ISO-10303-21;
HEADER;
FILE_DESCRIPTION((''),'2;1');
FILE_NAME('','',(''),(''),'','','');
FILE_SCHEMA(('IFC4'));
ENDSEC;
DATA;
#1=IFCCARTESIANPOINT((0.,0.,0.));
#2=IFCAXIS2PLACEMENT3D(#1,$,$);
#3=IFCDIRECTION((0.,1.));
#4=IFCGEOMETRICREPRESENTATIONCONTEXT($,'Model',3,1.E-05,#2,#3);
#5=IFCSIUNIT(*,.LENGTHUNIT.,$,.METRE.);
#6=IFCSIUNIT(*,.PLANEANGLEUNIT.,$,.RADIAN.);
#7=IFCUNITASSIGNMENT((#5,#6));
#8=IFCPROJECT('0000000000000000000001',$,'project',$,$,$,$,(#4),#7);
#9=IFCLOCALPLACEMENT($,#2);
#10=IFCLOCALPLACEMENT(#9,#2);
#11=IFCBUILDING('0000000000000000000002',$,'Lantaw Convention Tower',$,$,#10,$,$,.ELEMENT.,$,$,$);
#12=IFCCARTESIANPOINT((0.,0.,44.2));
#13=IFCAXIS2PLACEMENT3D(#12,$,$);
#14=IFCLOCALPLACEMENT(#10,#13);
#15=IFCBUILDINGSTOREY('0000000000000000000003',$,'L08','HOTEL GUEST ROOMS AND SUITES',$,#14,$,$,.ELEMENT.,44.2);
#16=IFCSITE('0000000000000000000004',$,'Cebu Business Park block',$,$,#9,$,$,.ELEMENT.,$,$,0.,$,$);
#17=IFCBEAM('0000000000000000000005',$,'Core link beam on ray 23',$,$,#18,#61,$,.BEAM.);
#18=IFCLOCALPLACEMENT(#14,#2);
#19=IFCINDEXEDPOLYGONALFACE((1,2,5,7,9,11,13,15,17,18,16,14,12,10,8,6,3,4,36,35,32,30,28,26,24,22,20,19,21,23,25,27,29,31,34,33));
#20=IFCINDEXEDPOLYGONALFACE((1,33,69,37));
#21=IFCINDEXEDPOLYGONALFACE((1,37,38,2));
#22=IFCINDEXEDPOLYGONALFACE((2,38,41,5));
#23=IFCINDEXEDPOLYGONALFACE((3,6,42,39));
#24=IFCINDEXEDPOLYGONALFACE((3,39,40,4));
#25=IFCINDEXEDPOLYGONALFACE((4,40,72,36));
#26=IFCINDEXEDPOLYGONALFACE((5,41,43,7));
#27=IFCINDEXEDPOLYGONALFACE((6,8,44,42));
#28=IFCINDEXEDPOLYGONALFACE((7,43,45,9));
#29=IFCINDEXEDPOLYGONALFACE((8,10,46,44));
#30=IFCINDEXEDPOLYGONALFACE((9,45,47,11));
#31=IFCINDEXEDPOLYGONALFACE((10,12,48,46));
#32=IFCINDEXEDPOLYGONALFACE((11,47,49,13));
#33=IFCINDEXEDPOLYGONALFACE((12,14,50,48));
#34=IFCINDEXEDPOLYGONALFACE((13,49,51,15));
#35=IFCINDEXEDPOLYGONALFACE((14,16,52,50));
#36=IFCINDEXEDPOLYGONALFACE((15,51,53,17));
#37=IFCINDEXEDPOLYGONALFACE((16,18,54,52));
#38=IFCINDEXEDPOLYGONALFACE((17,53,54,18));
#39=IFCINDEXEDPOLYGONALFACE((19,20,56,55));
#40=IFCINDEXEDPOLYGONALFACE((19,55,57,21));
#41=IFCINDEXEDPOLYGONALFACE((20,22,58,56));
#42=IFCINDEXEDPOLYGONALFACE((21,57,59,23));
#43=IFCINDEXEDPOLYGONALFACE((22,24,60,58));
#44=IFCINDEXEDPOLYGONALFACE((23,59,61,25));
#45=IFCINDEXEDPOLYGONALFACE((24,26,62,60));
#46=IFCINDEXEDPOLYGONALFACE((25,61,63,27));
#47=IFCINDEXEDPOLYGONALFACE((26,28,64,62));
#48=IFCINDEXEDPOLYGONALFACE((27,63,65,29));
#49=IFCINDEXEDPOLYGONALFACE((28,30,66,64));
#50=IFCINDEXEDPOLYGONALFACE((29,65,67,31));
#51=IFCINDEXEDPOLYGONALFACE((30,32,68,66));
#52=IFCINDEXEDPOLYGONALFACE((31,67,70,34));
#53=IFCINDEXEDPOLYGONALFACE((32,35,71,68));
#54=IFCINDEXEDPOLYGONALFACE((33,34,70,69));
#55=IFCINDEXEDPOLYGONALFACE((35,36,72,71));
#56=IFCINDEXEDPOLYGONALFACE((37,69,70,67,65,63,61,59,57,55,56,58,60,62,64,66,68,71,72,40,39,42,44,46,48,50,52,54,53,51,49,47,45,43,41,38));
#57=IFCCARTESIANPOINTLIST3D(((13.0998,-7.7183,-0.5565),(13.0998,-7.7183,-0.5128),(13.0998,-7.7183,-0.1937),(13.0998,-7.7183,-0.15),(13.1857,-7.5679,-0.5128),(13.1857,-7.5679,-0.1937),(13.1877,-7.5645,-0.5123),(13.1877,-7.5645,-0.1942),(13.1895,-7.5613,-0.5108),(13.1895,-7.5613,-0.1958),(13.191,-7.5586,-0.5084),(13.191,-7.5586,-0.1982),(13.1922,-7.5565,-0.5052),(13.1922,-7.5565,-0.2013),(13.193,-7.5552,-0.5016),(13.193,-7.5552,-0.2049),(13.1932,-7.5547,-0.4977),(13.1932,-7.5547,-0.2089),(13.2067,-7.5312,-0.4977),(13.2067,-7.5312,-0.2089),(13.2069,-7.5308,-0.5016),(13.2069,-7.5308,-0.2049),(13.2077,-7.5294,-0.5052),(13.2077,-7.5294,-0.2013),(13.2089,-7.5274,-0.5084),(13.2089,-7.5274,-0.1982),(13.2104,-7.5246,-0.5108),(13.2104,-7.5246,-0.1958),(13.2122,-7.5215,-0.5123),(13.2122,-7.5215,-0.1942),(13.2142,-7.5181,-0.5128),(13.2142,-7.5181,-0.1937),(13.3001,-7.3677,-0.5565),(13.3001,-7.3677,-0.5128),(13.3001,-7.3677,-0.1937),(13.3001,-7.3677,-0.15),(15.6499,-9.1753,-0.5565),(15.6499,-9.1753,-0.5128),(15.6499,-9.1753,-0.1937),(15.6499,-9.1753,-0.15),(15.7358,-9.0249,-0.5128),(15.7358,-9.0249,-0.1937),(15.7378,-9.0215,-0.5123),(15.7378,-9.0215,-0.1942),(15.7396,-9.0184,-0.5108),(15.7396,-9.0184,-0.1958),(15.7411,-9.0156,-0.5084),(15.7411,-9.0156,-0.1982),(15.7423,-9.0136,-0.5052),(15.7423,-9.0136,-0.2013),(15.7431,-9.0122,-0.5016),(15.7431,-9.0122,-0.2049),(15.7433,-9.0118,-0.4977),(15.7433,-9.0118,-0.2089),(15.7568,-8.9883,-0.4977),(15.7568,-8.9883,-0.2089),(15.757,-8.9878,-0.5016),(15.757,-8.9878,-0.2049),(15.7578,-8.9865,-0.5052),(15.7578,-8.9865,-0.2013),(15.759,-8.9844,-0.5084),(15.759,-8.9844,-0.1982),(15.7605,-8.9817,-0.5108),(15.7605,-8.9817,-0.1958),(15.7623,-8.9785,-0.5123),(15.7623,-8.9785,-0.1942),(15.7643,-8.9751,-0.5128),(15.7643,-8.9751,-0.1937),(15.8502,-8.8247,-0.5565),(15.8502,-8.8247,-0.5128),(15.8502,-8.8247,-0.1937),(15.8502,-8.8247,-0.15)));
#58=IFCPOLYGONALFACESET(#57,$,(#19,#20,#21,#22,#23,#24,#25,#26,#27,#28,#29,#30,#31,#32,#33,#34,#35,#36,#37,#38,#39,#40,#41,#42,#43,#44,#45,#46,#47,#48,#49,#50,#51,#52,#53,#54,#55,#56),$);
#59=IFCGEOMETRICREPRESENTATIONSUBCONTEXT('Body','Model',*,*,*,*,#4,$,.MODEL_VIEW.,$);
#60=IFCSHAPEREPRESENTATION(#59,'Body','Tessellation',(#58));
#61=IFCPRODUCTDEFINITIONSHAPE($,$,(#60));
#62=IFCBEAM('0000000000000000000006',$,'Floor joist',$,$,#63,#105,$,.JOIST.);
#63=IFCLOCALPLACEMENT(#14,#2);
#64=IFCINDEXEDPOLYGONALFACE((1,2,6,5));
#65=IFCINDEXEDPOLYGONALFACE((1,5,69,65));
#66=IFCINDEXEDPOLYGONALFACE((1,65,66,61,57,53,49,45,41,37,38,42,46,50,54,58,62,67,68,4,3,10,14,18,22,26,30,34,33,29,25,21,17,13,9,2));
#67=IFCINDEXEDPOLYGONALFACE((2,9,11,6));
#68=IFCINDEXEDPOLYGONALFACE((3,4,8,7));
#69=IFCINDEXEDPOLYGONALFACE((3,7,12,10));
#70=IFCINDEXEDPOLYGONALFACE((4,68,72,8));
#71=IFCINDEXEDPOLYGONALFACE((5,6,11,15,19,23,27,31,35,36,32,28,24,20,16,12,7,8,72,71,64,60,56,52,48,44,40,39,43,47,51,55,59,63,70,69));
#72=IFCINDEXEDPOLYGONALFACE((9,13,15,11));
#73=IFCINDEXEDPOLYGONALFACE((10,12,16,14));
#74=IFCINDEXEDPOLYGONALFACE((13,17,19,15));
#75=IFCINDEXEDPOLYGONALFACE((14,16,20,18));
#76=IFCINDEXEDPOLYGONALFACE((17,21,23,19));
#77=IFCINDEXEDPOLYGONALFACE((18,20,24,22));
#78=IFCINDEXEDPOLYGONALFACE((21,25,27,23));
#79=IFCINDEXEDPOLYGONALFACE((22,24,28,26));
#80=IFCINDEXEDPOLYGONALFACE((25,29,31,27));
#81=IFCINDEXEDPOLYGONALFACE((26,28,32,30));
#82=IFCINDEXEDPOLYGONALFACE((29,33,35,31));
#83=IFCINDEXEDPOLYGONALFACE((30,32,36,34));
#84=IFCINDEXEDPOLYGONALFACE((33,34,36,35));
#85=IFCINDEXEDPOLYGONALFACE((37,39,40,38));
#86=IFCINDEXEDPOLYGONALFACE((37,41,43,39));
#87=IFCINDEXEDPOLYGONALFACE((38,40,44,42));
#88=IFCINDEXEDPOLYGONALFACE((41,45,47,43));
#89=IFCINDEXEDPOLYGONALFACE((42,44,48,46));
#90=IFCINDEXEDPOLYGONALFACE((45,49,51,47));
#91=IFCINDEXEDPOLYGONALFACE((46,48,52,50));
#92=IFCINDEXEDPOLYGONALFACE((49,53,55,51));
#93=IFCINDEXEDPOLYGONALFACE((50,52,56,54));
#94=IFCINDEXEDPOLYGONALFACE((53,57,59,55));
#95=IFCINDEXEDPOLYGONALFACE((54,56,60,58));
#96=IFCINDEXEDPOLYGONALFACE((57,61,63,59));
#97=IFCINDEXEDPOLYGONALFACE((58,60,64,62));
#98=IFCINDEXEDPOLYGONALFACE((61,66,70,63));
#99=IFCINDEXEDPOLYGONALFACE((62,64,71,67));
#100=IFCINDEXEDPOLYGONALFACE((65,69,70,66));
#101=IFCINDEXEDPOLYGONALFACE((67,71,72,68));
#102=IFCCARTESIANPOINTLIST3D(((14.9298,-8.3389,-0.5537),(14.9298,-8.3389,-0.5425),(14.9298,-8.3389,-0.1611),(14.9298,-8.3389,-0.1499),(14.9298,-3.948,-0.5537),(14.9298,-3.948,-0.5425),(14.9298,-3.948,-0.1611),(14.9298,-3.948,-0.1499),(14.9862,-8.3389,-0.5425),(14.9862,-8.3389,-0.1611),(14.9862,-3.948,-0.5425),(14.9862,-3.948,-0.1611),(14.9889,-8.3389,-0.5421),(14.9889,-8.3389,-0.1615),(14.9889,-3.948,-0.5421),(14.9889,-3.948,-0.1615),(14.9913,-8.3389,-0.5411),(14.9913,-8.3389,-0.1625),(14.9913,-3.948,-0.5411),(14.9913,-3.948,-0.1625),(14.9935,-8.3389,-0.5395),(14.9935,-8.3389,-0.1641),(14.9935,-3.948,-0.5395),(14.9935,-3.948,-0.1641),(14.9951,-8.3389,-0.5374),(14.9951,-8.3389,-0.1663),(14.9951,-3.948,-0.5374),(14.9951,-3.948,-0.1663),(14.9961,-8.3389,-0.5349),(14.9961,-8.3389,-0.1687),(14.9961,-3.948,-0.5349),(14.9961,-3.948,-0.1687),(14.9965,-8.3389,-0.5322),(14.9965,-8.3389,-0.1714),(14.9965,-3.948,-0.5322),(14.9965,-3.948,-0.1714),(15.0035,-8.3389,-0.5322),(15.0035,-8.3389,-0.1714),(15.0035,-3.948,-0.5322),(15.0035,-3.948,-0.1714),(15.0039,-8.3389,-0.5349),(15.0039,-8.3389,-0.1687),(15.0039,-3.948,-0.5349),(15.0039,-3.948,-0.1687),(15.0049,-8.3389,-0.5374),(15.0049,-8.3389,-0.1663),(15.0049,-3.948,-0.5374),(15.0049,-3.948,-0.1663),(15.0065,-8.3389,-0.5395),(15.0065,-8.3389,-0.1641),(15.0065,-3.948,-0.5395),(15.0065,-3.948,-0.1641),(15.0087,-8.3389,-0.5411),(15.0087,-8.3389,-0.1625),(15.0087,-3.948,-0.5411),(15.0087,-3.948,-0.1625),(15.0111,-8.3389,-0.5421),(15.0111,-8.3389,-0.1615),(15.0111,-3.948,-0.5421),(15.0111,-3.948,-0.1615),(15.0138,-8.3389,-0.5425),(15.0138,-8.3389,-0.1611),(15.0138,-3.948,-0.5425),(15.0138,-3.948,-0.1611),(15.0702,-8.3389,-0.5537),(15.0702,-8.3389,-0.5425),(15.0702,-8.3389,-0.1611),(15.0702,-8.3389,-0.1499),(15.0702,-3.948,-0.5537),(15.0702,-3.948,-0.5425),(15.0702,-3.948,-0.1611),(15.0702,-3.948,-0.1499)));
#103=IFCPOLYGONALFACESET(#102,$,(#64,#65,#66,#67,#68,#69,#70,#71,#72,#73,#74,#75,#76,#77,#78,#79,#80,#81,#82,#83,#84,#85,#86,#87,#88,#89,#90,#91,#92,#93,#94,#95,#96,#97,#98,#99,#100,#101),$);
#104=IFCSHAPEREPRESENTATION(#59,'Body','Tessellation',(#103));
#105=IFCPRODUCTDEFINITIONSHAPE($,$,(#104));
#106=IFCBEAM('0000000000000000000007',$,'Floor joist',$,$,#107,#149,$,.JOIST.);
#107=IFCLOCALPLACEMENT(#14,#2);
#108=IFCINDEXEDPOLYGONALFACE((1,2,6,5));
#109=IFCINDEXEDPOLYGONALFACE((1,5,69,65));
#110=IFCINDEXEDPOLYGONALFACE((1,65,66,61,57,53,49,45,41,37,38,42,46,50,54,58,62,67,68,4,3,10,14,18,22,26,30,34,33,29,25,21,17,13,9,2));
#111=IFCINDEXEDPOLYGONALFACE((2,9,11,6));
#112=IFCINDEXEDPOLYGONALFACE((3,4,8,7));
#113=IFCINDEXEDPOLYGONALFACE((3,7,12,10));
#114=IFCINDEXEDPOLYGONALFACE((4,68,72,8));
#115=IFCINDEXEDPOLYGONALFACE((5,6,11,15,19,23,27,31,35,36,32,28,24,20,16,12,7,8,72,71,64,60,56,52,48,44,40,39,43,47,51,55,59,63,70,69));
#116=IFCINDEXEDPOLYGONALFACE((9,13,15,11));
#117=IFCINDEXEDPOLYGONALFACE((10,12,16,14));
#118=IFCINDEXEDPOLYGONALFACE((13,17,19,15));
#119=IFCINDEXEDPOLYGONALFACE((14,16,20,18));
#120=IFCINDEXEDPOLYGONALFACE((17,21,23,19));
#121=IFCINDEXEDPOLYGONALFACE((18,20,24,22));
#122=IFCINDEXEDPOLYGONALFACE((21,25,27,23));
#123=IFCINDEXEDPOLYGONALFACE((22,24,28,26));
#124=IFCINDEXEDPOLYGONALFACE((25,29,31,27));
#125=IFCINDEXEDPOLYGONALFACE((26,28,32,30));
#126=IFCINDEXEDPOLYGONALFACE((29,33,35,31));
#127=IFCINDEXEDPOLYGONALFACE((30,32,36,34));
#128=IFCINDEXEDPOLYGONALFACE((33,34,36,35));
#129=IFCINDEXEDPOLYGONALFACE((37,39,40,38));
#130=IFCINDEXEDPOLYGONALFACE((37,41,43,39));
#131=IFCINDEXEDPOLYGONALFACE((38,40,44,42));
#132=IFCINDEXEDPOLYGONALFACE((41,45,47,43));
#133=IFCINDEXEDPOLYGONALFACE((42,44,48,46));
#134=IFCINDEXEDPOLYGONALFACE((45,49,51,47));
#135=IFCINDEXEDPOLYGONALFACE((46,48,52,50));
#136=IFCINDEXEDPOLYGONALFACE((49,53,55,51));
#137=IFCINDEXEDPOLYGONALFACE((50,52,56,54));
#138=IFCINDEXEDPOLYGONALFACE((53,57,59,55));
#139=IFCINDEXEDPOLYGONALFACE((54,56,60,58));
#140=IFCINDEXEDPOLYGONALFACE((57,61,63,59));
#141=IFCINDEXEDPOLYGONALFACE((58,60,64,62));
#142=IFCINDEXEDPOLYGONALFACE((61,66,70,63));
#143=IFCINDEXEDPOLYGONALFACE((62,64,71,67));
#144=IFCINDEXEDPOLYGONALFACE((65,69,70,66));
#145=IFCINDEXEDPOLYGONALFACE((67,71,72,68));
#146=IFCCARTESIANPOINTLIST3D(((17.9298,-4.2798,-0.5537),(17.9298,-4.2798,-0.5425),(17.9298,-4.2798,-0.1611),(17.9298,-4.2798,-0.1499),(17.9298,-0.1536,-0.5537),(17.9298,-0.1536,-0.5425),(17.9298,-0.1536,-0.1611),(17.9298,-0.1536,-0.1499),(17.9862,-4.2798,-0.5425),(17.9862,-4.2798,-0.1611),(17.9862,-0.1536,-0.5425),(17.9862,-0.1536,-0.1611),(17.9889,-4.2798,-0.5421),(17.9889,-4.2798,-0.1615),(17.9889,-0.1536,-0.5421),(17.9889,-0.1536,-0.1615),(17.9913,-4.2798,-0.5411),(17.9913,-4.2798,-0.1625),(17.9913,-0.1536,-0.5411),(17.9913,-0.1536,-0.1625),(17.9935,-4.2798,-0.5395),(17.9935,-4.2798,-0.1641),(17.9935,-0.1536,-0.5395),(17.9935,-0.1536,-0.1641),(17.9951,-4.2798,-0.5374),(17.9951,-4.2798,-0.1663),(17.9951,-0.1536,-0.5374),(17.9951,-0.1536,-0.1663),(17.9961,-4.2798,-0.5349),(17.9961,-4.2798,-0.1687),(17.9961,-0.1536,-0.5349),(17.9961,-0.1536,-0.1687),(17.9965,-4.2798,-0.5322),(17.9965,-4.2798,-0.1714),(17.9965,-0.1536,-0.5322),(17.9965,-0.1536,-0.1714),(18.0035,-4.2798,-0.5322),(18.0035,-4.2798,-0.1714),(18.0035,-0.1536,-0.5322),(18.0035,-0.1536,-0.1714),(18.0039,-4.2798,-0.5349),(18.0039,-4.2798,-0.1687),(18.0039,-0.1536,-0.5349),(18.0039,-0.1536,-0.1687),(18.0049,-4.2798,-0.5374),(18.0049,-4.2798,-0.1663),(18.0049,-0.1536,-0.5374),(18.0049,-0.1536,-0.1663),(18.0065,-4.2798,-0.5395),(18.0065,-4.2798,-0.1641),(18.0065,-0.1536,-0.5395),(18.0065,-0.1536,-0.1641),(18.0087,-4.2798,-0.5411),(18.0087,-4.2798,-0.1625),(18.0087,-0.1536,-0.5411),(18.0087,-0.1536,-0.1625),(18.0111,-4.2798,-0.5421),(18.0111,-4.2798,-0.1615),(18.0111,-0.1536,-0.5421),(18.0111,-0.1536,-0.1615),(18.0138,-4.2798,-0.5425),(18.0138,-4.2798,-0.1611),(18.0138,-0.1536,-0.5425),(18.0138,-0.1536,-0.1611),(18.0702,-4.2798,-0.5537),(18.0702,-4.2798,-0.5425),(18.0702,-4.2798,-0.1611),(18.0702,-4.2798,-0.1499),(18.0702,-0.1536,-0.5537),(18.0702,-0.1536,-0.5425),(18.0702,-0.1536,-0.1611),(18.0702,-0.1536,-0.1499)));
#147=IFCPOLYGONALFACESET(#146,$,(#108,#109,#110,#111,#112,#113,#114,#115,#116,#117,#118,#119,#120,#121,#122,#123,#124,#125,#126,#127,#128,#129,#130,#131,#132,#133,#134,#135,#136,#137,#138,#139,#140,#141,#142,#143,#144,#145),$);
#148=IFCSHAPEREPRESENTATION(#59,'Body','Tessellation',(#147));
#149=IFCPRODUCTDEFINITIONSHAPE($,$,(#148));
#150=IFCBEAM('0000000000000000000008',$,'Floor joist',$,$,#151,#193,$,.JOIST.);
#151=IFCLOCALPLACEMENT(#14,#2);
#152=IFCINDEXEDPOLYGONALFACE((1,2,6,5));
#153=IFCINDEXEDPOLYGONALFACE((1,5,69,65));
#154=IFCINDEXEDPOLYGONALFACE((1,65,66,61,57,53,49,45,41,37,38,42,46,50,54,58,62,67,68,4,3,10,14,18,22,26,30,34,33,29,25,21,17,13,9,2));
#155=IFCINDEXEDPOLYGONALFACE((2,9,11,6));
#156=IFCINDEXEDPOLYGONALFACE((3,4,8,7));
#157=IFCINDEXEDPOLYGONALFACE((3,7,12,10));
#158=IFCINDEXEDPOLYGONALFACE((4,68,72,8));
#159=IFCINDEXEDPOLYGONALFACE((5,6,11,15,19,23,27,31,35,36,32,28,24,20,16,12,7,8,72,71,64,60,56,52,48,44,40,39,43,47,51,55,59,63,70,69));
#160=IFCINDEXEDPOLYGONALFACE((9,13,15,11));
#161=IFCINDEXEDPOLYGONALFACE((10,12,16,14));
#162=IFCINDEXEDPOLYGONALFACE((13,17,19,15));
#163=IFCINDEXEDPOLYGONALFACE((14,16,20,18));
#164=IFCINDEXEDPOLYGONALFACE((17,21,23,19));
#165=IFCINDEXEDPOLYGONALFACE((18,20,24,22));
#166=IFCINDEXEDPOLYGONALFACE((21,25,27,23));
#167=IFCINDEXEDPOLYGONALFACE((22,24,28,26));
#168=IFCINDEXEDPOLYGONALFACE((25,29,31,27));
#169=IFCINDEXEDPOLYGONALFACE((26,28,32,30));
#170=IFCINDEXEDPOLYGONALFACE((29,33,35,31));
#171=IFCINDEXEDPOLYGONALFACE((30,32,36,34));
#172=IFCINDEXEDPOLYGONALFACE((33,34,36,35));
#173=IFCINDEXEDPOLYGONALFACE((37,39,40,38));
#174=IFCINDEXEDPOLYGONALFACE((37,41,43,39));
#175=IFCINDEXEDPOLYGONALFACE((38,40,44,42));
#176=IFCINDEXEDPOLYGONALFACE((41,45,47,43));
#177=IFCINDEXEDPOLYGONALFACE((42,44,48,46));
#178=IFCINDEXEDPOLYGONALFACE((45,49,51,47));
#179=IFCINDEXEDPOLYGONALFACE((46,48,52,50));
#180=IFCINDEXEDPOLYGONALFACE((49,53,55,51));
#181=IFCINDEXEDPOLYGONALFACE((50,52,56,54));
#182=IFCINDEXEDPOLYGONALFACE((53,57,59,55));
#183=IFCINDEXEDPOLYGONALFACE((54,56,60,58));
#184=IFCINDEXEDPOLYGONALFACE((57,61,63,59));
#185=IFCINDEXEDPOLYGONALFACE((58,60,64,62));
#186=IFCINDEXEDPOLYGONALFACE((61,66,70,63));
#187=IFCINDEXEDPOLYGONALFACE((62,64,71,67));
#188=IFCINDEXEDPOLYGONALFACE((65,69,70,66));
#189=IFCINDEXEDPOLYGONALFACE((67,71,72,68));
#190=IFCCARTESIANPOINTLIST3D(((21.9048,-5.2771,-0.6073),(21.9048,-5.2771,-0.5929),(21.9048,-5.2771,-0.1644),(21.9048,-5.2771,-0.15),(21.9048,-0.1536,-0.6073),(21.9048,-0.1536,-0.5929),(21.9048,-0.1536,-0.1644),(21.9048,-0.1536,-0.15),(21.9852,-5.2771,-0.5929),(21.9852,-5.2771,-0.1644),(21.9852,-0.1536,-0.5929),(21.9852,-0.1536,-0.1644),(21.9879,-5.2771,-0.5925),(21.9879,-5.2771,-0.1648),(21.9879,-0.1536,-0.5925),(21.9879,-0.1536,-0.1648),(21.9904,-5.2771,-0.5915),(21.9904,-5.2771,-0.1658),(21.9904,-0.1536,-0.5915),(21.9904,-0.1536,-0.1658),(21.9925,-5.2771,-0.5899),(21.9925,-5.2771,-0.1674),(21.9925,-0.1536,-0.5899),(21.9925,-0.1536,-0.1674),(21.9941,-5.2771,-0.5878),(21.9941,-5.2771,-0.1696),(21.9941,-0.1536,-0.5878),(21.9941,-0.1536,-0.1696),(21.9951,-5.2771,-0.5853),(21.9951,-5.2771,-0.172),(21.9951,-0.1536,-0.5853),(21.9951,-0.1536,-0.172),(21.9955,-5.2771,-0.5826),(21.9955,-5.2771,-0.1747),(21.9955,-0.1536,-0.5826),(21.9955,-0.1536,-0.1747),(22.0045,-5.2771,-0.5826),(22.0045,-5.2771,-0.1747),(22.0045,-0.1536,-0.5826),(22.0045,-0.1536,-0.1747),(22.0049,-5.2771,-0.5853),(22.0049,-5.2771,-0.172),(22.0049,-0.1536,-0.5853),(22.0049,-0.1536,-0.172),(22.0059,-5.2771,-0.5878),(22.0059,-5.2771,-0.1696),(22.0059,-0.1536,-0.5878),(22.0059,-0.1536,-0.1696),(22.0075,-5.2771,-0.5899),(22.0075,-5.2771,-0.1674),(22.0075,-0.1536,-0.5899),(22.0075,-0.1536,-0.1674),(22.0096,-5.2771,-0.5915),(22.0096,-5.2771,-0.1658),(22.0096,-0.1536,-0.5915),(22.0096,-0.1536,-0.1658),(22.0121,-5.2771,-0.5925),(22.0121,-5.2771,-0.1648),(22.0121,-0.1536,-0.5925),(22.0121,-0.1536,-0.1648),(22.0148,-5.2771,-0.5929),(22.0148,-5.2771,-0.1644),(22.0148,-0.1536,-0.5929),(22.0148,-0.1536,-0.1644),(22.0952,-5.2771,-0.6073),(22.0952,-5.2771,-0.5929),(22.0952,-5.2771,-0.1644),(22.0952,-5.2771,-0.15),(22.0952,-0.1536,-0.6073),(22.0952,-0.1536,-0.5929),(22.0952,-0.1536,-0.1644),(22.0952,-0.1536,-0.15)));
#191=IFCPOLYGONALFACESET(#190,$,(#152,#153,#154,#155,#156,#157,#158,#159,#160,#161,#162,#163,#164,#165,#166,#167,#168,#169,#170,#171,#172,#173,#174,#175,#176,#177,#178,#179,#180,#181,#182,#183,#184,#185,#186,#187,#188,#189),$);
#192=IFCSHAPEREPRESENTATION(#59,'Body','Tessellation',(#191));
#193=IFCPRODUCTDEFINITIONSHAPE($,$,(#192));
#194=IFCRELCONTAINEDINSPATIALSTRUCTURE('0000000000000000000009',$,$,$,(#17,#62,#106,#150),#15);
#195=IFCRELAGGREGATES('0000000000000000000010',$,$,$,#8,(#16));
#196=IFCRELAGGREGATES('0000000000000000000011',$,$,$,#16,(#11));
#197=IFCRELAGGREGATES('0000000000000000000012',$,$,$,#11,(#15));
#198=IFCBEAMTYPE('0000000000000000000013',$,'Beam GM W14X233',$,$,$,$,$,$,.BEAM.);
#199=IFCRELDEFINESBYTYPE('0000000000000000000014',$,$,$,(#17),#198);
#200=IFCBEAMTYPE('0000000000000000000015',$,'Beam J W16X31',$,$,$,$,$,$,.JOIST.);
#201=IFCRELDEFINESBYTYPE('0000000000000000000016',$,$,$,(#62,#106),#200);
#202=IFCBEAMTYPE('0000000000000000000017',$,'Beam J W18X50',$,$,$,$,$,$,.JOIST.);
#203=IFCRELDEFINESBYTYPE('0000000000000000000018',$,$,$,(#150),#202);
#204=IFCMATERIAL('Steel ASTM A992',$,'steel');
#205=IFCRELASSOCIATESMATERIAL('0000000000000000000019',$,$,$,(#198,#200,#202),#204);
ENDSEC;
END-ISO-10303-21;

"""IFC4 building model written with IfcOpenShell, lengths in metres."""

from ifc_helpers import new_model, si_unit, direction, frame, origin, origin_2d, place, context, subcontext, project, spatial, i_section, extrude, material, material_profile, profile_set, type_object, element, save


model = new_model("IFC4")

# Units and contexts
model_context = context("Model", 3, precision=1e-05, world=origin(), true_north=direction((0.0, 1.0)))
body_context = subcontext(model_context, "Body", "Model", "MODEL_VIEW")
ifc_project = project(units=[si_unit("LENGTHUNIT", "METRE"), si_unit("PLANEANGLEUNIT", "RADIAN")], contexts=[model_context])

# Site, building, storey
site_placement = place(None, origin())
site = spatial("IfcSite", under=ifc_project, at=site_placement, Name="Cebu Business Park block", CompositionType="ELEMENT", RefElevation=0.0)
building_placement = place(site_placement, origin())
building = spatial("IfcBuilding", under=site, at=building_placement, Name="Lantaw Convention Tower", CompositionType="ELEMENT")
storey_placement = place(building_placement, frame((0.0, 0.0, 44.2)))
storey = spatial("IfcBuildingStorey", under=building, at=storey_placement, Name="L08", Description="HOTEL GUEST ROOMS AND SUITES", CompositionType="ELEMENT", Elevation=44.2)

# Beams
ifc_material_1 = material(Name="Steel ASTM A992", Category="steel")
ifc_material_profile_1 = material_profile(ifc_material_1, i_section(OverallWidth=0.4038, OverallDepth=0.4065, WebThickness=0.0271, FlangeThickness=0.0437, FilletRadius=0.0151, at=origin_2d()), Name="W14X233")
ifc_profile_set_1 = profile_set([ifc_material_profile_1], Name="Steel ASTM A992")
beam_type_1 = type_object("IfcBeamType", Name="Beam GM W14X233", PredefinedType="BEAM", material=ifc_profile_set_1)
beam_1_placement = place(storey_placement, frame((13.2, -7.543, -0.3533), z_axis=(0.868264, -0.496103, 0.0), x_axis=(0.496103, 0.868264, 0.0)))
element("IfcBeam", 1, at=beam_1_placement, inside=storey, type_object=beam_type_1, Name="Core link beam on ray 23", PredefinedType="BEAM", context=body_context, shape_type="SweptSolid", body=[
    extrude(i_section(OverallWidth=0.4038, OverallDepth=0.4065, WebThickness=0.0271, FlangeThickness=0.0437, FilletRadius=0.0151, at=origin_2d()), origin(), (0.0, 0.0, 1.0), 2.937),
])
ifc_material_profile_2 = material_profile(ifc_material_1, i_section(OverallWidth=0.1404, OverallDepth=0.4038, WebThickness=0.0071, FlangeThickness=0.0112, FilletRadius=0.0103, at=origin_2d()), Name="W16X31")
ifc_profile_set_2 = profile_set([ifc_material_profile_2], Name="Steel ASTM A992")
beam_type_2 = type_object("IfcBeamType", Name="Beam J W16X31", PredefinedType="JOIST", material=ifc_profile_set_2)
beam_2_placement = place(storey_placement, frame((15.0, -8.3389, -0.3518), z_axis=(0.0, 1.0, 0.0), x_axis=(-1.0, 0.0, 0.0)))
element("IfcBeam", 2, at=beam_2_placement, inside=storey, type_object=beam_type_2, Name="Floor joist", PredefinedType="JOIST", context=body_context, shape_type="SweptSolid", body=[
    extrude(i_section(OverallWidth=0.1404, OverallDepth=0.4038, WebThickness=0.0071, FlangeThickness=0.0112, FilletRadius=0.0103, at=origin_2d()), origin(), (0.0, 0.0, 1.0), 4.3909),
])
beam_3_placement = place(storey_placement, frame((18.0, -4.2798, -0.3518), z_axis=(0.0, 1.0, 0.0), x_axis=(-1.0, 0.0, 0.0)))
element("IfcBeam", 3, at=beam_3_placement, inside=storey, type_object=beam_type_2, Name="Floor joist", PredefinedType="JOIST", context=body_context, shape_type="SweptSolid", body=[
    extrude(i_section(OverallWidth=0.1404, OverallDepth=0.4038, WebThickness=0.0071, FlangeThickness=0.0112, FilletRadius=0.0103, at=origin_2d()), origin(), (0.0, 0.0, 1.0), 4.1262),
])
ifc_material_profile_3 = material_profile(ifc_material_1, i_section(OverallWidth=0.1904, OverallDepth=0.4573, WebThickness=0.009, FlangeThickness=0.0144, FilletRadius=0.0103, at=origin_2d()), Name="W18X50")
ifc_profile_set_3 = profile_set([ifc_material_profile_3], Name="Steel ASTM A992")
beam_type_3 = type_object("IfcBeamType", Name="Beam J W18X50", PredefinedType="JOIST", material=ifc_profile_set_3)
beam_4_placement = place(storey_placement, frame((22.0, -5.2771, -0.3787), z_axis=(0.0, 1.0, 0.0), x_axis=(-1.0, 0.0, 0.0)))
element("IfcBeam", 4, at=beam_4_placement, inside=storey, type_object=beam_type_3, Name="Floor joist", PredefinedType="JOIST", context=body_context, shape_type="SweptSolid", body=[
    extrude(i_section(OverallWidth=0.1904, OverallDepth=0.4573, WebThickness=0.009, FlangeThickness=0.0144, FilletRadius=0.0103, at=origin_2d()), origin(), (0.0, 0.0, 1.0), 5.1235),
])

save(model, "model.ifc")
